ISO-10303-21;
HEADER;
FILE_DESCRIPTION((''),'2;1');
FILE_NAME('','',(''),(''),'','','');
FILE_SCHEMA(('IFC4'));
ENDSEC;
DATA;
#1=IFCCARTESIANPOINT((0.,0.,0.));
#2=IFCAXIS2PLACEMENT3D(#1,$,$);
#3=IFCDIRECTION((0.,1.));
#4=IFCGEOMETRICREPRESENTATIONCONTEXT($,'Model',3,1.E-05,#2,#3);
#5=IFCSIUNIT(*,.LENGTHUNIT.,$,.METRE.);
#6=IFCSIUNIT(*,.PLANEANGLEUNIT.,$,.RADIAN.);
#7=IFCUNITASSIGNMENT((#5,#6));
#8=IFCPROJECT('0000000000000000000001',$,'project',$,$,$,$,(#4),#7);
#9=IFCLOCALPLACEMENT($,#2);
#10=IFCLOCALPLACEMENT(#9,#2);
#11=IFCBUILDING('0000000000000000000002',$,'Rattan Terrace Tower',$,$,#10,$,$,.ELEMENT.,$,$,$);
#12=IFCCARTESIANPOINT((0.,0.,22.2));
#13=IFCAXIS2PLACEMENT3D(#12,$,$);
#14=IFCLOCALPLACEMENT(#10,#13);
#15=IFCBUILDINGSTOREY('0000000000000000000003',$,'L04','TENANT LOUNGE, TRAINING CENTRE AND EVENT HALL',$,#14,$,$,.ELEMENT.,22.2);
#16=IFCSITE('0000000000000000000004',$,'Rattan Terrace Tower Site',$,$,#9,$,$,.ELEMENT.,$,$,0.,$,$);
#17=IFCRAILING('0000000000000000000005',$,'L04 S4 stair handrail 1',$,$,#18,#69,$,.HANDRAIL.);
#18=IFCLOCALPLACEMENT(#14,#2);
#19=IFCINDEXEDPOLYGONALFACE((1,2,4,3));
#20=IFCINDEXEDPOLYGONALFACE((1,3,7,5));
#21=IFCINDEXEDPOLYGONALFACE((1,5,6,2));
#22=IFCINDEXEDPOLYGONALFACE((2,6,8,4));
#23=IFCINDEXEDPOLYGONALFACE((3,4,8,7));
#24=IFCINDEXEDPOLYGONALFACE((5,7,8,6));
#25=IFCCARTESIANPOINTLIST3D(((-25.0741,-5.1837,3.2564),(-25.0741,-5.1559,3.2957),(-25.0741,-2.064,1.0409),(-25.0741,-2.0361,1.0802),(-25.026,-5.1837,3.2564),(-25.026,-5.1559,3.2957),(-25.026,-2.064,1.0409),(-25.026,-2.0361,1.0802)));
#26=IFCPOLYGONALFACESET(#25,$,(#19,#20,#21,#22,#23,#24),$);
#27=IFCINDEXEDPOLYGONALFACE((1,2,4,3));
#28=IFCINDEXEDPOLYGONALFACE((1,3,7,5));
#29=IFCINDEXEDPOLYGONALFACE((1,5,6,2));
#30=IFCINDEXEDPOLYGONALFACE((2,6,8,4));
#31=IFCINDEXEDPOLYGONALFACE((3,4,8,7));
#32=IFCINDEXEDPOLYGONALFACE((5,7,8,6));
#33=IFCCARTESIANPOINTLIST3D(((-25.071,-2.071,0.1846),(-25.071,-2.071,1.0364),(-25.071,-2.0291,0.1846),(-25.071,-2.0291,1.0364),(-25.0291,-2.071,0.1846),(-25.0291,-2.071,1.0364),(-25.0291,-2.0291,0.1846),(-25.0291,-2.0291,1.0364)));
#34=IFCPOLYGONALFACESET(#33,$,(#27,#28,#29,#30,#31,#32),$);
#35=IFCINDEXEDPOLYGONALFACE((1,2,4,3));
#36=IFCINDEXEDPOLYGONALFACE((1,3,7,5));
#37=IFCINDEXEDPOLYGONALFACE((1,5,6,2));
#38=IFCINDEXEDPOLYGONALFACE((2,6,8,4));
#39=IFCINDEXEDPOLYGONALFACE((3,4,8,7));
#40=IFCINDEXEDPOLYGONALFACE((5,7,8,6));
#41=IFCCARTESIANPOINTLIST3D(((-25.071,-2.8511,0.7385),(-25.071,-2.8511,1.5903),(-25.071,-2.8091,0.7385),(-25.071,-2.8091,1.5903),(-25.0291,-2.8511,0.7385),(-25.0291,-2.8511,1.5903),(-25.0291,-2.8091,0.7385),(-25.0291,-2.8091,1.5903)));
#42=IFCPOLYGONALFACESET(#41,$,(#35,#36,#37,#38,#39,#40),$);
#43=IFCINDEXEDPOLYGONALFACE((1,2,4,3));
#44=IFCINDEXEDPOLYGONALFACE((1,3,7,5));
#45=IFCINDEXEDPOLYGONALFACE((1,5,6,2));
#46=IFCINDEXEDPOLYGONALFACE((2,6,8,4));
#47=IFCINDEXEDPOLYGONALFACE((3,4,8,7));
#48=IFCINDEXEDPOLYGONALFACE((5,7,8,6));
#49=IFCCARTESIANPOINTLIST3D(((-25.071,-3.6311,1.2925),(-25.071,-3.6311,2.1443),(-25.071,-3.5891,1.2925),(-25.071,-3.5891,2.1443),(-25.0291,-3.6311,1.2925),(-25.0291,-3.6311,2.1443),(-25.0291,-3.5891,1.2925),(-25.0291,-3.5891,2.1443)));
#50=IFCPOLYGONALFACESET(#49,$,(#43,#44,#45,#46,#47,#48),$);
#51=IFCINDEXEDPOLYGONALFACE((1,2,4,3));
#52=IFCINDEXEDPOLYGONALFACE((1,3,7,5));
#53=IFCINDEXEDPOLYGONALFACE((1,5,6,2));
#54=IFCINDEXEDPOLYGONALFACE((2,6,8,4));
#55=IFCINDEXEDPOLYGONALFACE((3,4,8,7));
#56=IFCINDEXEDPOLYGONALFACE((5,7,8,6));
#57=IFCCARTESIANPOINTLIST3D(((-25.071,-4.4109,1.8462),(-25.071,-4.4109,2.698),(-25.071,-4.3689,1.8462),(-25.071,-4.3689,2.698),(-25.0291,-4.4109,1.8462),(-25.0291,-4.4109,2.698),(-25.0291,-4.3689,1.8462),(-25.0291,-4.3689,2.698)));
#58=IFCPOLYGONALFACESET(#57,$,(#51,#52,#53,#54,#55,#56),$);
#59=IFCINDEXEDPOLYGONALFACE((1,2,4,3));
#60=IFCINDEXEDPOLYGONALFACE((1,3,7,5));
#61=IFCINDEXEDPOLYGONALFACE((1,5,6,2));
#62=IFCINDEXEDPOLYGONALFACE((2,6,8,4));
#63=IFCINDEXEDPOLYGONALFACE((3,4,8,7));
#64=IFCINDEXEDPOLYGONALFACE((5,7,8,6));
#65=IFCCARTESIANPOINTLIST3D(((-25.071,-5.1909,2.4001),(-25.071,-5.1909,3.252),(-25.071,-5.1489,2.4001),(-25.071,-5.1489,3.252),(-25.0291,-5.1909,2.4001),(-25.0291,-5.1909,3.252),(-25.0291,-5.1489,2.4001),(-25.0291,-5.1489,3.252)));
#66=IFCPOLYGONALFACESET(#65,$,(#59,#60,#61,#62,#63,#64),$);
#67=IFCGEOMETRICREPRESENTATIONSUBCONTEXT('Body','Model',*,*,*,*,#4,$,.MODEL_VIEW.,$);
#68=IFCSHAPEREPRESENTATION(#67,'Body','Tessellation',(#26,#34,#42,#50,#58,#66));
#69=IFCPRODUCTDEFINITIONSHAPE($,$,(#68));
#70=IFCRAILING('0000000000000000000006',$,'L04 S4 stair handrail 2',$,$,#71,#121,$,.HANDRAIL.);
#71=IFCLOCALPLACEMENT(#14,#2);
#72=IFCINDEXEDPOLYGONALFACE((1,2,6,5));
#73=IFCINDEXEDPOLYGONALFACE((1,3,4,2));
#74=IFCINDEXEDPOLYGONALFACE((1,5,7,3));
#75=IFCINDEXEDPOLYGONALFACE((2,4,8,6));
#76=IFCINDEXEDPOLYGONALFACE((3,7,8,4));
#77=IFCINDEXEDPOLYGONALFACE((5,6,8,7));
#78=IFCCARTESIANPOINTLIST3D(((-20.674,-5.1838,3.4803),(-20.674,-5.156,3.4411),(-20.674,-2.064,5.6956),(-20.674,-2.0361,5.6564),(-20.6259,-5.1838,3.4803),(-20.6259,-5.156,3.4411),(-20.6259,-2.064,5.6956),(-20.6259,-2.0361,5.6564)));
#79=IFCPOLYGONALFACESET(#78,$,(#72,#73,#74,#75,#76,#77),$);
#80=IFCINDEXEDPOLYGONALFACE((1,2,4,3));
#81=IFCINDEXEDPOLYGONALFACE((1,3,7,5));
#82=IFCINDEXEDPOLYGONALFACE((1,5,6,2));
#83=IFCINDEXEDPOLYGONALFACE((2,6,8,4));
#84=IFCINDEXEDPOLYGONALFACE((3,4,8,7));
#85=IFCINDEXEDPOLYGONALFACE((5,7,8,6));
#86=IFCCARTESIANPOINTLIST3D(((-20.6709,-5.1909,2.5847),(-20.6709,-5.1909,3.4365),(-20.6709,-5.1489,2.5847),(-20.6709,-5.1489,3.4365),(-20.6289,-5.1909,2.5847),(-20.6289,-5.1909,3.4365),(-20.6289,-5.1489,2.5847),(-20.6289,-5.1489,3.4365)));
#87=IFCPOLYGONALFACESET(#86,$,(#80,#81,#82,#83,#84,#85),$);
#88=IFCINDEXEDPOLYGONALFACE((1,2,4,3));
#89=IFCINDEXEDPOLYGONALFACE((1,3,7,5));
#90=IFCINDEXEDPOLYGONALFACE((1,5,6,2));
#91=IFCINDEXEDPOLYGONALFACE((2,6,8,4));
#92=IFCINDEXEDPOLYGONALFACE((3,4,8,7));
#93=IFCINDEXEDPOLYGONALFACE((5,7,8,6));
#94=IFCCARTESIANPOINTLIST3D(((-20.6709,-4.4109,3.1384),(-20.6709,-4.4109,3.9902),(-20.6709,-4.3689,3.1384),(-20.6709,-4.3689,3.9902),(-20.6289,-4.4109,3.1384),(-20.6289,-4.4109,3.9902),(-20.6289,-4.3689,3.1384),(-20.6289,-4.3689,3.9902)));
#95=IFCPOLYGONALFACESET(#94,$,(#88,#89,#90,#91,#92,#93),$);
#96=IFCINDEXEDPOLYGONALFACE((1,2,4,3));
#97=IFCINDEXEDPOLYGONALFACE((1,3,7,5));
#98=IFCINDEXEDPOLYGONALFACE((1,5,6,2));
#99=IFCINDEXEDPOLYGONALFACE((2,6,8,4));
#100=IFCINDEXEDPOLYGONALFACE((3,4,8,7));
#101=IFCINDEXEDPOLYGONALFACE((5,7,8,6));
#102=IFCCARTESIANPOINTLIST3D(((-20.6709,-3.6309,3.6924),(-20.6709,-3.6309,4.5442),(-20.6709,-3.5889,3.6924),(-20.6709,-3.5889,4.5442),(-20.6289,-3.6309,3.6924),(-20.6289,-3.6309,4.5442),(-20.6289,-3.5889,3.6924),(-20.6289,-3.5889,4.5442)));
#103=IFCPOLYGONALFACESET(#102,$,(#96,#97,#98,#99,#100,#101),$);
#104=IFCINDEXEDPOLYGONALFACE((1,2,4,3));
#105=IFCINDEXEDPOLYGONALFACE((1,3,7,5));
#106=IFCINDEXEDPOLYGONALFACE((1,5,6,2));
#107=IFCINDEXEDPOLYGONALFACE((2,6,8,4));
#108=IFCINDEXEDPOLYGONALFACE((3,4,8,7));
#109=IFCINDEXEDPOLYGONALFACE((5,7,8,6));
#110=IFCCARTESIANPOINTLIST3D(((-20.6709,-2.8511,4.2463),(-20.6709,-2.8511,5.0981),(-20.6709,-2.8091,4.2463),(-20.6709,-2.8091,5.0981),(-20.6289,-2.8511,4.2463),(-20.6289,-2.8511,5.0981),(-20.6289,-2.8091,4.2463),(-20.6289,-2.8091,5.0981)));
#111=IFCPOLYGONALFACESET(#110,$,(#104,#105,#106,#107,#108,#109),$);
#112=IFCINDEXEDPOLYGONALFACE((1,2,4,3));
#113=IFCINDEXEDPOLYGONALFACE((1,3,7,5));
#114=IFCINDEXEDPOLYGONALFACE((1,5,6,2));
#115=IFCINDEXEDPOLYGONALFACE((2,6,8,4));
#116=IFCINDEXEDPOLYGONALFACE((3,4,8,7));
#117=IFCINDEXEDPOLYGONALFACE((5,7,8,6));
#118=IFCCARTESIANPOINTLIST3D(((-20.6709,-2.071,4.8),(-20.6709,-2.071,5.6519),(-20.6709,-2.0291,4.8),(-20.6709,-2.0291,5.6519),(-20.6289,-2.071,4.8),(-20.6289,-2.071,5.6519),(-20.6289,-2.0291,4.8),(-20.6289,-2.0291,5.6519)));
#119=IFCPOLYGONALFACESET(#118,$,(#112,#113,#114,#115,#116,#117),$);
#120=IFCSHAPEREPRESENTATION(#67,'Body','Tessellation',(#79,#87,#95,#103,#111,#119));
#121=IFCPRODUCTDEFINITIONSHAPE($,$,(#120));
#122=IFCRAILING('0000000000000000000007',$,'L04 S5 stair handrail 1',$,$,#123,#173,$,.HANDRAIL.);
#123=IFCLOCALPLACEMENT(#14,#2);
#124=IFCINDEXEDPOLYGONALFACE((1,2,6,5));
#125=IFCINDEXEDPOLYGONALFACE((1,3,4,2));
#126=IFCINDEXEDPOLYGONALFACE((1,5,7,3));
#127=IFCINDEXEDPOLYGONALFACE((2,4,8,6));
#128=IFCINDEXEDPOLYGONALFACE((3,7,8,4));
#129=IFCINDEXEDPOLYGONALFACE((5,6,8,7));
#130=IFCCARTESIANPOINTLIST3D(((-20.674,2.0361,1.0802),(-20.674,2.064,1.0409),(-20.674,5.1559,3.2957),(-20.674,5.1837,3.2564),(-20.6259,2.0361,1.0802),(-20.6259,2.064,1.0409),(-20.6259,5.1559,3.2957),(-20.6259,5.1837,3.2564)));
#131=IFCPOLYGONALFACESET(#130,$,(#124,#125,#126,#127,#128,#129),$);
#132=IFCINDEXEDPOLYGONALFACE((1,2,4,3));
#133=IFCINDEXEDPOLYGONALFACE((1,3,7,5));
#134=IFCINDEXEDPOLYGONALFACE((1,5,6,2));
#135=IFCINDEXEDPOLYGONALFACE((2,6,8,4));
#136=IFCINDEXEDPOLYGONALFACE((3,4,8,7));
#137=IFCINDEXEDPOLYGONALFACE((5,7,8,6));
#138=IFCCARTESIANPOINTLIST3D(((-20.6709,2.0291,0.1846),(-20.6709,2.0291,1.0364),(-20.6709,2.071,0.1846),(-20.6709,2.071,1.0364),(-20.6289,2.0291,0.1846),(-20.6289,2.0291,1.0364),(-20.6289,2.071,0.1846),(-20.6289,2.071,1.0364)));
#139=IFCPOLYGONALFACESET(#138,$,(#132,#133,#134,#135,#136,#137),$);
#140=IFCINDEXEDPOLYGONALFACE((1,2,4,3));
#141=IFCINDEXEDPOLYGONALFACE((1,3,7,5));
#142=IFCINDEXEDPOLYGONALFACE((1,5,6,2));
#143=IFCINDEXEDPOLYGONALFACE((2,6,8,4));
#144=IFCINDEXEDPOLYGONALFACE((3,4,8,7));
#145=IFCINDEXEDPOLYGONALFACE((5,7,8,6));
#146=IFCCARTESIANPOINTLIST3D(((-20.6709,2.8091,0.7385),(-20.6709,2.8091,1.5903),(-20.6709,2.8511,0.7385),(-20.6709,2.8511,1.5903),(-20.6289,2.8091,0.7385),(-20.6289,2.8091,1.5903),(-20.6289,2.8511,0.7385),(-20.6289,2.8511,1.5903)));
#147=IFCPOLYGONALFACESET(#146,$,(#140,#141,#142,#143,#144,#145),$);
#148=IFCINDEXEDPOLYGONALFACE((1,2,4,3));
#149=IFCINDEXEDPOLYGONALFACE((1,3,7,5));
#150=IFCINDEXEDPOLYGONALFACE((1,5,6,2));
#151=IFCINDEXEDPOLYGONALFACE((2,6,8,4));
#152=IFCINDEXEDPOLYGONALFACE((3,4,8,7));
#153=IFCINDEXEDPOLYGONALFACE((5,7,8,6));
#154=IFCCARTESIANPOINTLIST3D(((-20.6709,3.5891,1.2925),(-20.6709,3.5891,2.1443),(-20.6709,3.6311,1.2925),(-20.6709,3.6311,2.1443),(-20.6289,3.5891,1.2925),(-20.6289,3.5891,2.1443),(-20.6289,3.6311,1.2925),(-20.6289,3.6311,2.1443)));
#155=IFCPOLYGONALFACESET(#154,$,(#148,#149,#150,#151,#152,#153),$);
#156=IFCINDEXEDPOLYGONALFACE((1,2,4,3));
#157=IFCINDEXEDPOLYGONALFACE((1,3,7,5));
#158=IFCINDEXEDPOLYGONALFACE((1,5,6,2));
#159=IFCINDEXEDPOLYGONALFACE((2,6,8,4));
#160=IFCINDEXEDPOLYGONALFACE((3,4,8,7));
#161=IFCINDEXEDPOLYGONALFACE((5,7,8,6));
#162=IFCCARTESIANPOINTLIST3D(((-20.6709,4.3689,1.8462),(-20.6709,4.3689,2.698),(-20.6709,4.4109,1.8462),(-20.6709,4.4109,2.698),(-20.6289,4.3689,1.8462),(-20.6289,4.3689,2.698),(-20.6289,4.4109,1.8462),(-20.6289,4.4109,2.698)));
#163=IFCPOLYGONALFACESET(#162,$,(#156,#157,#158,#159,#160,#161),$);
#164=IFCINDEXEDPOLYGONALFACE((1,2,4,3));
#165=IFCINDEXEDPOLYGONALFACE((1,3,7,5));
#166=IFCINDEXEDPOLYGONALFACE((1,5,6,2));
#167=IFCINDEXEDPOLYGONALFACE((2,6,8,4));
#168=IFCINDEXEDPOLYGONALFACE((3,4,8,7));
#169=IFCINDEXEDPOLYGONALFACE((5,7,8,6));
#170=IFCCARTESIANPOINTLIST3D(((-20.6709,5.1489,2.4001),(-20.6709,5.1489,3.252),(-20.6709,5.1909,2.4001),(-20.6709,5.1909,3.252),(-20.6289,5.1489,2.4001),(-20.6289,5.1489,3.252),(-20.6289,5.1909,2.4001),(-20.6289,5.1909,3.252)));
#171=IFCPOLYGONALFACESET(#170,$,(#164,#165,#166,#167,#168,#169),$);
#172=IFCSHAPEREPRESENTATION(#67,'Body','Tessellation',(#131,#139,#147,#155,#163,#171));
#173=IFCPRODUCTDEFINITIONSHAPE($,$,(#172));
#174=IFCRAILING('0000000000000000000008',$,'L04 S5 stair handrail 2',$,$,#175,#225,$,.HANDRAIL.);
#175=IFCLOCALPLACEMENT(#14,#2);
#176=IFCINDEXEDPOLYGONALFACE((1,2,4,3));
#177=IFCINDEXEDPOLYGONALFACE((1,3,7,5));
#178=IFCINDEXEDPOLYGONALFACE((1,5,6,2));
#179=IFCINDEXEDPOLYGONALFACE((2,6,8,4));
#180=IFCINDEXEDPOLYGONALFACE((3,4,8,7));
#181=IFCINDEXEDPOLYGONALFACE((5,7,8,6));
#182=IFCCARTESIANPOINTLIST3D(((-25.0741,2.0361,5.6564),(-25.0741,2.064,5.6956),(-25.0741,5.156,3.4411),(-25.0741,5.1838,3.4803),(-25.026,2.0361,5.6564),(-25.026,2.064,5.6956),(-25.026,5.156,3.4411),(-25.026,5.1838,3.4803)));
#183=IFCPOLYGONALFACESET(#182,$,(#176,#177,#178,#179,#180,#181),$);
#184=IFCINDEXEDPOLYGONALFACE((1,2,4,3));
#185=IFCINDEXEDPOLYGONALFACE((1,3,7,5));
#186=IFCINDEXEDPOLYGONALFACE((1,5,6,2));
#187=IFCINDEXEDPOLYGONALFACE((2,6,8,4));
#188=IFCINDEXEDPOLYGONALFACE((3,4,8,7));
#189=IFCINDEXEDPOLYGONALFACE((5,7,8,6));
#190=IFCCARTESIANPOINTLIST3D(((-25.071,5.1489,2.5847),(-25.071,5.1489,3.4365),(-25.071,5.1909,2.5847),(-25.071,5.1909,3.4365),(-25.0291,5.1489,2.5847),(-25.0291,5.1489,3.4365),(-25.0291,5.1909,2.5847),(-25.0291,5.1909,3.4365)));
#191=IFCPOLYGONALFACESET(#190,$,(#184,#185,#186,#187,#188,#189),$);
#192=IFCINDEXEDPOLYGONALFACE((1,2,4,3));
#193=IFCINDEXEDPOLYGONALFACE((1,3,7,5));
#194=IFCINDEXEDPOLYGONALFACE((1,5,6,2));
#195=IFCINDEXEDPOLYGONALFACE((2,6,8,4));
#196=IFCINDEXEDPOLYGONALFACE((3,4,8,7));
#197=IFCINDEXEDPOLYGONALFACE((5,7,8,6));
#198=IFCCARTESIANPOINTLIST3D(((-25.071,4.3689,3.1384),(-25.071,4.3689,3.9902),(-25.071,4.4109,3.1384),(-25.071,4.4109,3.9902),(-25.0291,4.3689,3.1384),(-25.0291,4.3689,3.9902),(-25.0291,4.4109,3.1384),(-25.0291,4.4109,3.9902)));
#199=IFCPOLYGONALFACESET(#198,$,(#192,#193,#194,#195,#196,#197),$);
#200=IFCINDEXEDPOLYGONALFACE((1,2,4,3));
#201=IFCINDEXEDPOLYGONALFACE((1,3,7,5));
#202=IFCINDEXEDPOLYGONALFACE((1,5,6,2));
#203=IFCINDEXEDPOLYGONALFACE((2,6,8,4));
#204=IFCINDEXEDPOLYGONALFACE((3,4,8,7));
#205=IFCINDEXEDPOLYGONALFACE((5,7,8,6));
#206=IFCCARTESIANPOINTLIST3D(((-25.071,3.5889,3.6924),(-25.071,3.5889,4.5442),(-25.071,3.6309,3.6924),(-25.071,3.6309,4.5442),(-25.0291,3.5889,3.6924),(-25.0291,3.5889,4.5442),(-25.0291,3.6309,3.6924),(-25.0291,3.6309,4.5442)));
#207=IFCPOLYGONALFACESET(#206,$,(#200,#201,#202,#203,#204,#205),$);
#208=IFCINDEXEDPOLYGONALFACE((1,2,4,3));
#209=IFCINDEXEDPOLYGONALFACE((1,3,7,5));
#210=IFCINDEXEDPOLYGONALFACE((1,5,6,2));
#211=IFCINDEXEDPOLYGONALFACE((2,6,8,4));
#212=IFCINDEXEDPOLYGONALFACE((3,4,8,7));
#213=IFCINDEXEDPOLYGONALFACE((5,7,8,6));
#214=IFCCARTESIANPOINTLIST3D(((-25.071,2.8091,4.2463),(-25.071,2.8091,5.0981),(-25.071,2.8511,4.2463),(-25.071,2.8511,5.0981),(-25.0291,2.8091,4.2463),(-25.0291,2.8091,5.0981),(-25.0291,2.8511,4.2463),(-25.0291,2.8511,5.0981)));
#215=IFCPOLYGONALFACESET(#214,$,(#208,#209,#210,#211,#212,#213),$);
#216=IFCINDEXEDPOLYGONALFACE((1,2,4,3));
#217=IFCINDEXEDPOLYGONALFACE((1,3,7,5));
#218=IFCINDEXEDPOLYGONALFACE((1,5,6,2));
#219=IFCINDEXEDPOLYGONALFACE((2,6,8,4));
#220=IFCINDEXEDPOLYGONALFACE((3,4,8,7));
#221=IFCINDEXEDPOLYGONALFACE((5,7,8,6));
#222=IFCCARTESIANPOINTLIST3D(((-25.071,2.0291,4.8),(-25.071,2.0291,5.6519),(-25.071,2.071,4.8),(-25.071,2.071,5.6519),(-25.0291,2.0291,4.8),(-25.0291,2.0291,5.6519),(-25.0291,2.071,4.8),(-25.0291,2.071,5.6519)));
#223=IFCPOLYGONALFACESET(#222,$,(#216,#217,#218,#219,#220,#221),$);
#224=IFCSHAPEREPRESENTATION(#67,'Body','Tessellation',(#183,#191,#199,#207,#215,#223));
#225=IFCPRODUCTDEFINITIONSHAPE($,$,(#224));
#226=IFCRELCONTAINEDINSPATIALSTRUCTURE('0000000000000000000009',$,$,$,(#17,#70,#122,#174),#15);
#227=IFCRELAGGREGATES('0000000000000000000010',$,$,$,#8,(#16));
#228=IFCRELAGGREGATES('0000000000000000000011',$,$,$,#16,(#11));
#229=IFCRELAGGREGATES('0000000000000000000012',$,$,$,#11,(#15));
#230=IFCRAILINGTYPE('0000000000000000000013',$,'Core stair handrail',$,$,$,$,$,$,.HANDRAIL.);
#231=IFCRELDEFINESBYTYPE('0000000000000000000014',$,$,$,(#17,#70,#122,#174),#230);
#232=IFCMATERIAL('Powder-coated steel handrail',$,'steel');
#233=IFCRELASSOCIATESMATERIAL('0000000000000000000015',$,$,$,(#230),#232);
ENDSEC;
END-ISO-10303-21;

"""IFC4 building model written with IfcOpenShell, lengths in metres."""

from ifc_helpers import new_model, si_unit, direction, frame, origin, origin_2d, place, context, subcontext, project, spatial, rectangle, extrude, material, type_object, element, save


model = new_model("IFC4")

# Units and contexts
model_context = context("Model", 3, precision=1e-05, world=origin(), true_north=direction((0.0, 1.0)))
body_context = subcontext(model_context, "Body", "Model", "MODEL_VIEW")
ifc_project = project(units=[si_unit("LENGTHUNIT", "METRE"), si_unit("PLANEANGLEUNIT", "RADIAN")], contexts=[model_context])

# Site, building, storey
site_placement = place(None, origin())
site = spatial("IfcSite", under=ifc_project, at=site_placement, Name="Rattan Terrace Tower Site", CompositionType="ELEMENT", RefElevation=0.0)
building_placement = place(site_placement, origin())
building = spatial("IfcBuilding", under=site, at=building_placement, Name="Rattan Terrace Tower", CompositionType="ELEMENT")
storey_placement = place(building_placement, frame((0.0, 0.0, 22.2)))
storey = spatial("IfcBuildingStorey", under=building, at=storey_placement, Name="L04", Description="TENANT LOUNGE, TRAINING CENTRE AND EVENT HALL", CompositionType="ELEMENT", Elevation=22.2)

# Railings
ifc_material_1 = material(Name="Powder-coated steel handrail", Category="steel")
railing_type_1 = type_object("IfcRailingType", Name="Core stair handrail", PredefinedType="HANDRAIL", material=ifc_material_1)
railing_1_placement = place(storey_placement, frame((-25.05, -2.05, 0.1846)))
element("IfcRailing", 1, at=railing_1_placement, inside=storey, type_object=railing_type_1, Name="L04 S4 stair handrail 1", PredefinedType="HANDRAIL", context=body_context, shape_type="SweptSolid", body=[
    extrude(rectangle(XDim=0.0481, YDim=0.0481, at=origin_2d()), frame((0.0, 0.0, 0.876), z_axis=(0.0, -0.815325, 0.579003), x_axis=(1.0, 0.0, 0.0)), (0.0, 0.0, 1.0), 3.8264),
    extrude(rectangle(XDim=0.042, YDim=0.042, at=origin_2d()), origin(), (0.0, 0.0, 1.0), 0.8518),
    extrude(rectangle(XDim=0.042, YDim=0.042, at=origin_2d()), frame((0.0, -0.78, 0.554)), (0.0, 0.0, 1.0), 0.8518),
    extrude(rectangle(XDim=0.042, YDim=0.042, at=origin_2d()), frame((0.0, -1.5601, 1.1079)), (0.0, 0.0, 1.0), 0.8518),
    extrude(rectangle(XDim=0.042, YDim=0.042, at=origin_2d()), frame((0.0, -2.3398, 1.6616)), (0.0, 0.0, 1.0), 0.8518),
    extrude(rectangle(XDim=0.042, YDim=0.042, at=origin_2d()), frame((0.0, -3.1199, 2.2156)), (0.0, 0.0, 1.0), 0.8518),
])
railing_2_placement = place(storey_placement, frame((-20.6499, -5.1699, 2.5847)))
element("IfcRailing", 2, at=railing_2_placement, inside=storey, type_object=railing_type_1, Name="L04 S4 stair handrail 2", PredefinedType="HANDRAIL", context=body_context, shape_type="SweptSolid", body=[
    extrude(rectangle(XDim=0.0481, YDim=0.0481, at=origin_2d()), frame((0.0, 0.0, 0.876), z_axis=(0.0, 0.815356, 0.578961), x_axis=(-1.0, 0.0, 0.0)), (0.0, 0.0, 1.0), 3.8264),
    extrude(rectangle(XDim=0.042, YDim=0.042, at=origin_2d()), origin(), (0.0, 0.0, 1.0), 0.8518),
    extrude(rectangle(XDim=0.042, YDim=0.042, at=origin_2d()), frame((0.0, 0.78, 0.5537)), (0.0, 0.0, 1.0), 0.8518),
    extrude(rectangle(XDim=0.042, YDim=0.042, at=origin_2d()), frame((0.0, 1.5601, 1.1077)), (0.0, 0.0, 1.0), 0.8518),
    extrude(rectangle(XDim=0.042, YDim=0.042, at=origin_2d()), frame((0.0, 2.3398, 1.6616)), (0.0, 0.0, 1.0), 0.8518),
    extrude(rectangle(XDim=0.042, YDim=0.042, at=origin_2d()), frame((0.0, 3.1199, 2.2153)), (0.0, 0.0, 1.0), 0.8518),
])
railing_3_placement = place(storey_placement, frame((-20.6499, 2.05, 0.1846)))
element("IfcRailing", 3, at=railing_3_placement, inside=storey, type_object=railing_type_1, Name="L04 S5 stair handrail 1", PredefinedType="HANDRAIL", context=body_context, shape_type="SweptSolid", body=[
    extrude(rectangle(XDim=0.0481, YDim=0.0481, at=origin_2d()), frame((0.0, 0.0, 0.876), z_axis=(0.0, 0.815325, 0.579003), x_axis=(-1.0, 0.0, 0.0)), (0.0, 0.0, 1.0), 3.8264),
    extrude(rectangle(XDim=0.042, YDim=0.042, at=origin_2d()), origin(), (0.0, 0.0, 1.0), 0.8518),
    extrude(rectangle(XDim=0.042, YDim=0.042, at=origin_2d()), frame((0.0, 0.78, 0.554)), (0.0, 0.0, 1.0), 0.8518),
    extrude(rectangle(XDim=0.042, YDim=0.042, at=origin_2d()), frame((0.0, 1.5601, 1.1079)), (0.0, 0.0, 1.0), 0.8518),
    extrude(rectangle(XDim=0.042, YDim=0.042, at=origin_2d()), frame((0.0, 2.3398, 1.6616)), (0.0, 0.0, 1.0), 0.8518),
    extrude(rectangle(XDim=0.042, YDim=0.042, at=origin_2d()), frame((0.0, 3.1199, 2.2156)), (0.0, 0.0, 1.0), 0.8518),
])
railing_4_placement = place(storey_placement, frame((-25.05, 5.1699, 2.5847)))
element("IfcRailing", 4, at=railing_4_placement, inside=storey, type_object=railing_type_1, Name="L04 S5 stair handrail 2", PredefinedType="HANDRAIL", context=body_context, shape_type="SweptSolid", body=[
    extrude(rectangle(XDim=0.0481, YDim=0.0481, at=origin_2d()), frame((0.0, 0.0, 0.876), z_axis=(0.0, -0.815356, 0.578961), x_axis=(1.0, 0.0, 0.0)), (0.0, 0.0, 1.0), 3.8264),
    extrude(rectangle(XDim=0.042, YDim=0.042, at=origin_2d()), origin(), (0.0, 0.0, 1.0), 0.8518),
    extrude(rectangle(XDim=0.042, YDim=0.042, at=origin_2d()), frame((0.0, -0.78, 0.5537)), (0.0, 0.0, 1.0), 0.8518),
    extrude(rectangle(XDim=0.042, YDim=0.042, at=origin_2d()), frame((0.0, -1.5601, 1.1077)), (0.0, 0.0, 1.0), 0.8518),
    extrude(rectangle(XDim=0.042, YDim=0.042, at=origin_2d()), frame((0.0, -2.3398, 1.6616)), (0.0, 0.0, 1.0), 0.8518),
    extrude(rectangle(XDim=0.042, YDim=0.042, at=origin_2d()), frame((0.0, -3.1199, 2.2153)), (0.0, 0.0, 1.0), 0.8518),
])

save(model, "model.ifc")
